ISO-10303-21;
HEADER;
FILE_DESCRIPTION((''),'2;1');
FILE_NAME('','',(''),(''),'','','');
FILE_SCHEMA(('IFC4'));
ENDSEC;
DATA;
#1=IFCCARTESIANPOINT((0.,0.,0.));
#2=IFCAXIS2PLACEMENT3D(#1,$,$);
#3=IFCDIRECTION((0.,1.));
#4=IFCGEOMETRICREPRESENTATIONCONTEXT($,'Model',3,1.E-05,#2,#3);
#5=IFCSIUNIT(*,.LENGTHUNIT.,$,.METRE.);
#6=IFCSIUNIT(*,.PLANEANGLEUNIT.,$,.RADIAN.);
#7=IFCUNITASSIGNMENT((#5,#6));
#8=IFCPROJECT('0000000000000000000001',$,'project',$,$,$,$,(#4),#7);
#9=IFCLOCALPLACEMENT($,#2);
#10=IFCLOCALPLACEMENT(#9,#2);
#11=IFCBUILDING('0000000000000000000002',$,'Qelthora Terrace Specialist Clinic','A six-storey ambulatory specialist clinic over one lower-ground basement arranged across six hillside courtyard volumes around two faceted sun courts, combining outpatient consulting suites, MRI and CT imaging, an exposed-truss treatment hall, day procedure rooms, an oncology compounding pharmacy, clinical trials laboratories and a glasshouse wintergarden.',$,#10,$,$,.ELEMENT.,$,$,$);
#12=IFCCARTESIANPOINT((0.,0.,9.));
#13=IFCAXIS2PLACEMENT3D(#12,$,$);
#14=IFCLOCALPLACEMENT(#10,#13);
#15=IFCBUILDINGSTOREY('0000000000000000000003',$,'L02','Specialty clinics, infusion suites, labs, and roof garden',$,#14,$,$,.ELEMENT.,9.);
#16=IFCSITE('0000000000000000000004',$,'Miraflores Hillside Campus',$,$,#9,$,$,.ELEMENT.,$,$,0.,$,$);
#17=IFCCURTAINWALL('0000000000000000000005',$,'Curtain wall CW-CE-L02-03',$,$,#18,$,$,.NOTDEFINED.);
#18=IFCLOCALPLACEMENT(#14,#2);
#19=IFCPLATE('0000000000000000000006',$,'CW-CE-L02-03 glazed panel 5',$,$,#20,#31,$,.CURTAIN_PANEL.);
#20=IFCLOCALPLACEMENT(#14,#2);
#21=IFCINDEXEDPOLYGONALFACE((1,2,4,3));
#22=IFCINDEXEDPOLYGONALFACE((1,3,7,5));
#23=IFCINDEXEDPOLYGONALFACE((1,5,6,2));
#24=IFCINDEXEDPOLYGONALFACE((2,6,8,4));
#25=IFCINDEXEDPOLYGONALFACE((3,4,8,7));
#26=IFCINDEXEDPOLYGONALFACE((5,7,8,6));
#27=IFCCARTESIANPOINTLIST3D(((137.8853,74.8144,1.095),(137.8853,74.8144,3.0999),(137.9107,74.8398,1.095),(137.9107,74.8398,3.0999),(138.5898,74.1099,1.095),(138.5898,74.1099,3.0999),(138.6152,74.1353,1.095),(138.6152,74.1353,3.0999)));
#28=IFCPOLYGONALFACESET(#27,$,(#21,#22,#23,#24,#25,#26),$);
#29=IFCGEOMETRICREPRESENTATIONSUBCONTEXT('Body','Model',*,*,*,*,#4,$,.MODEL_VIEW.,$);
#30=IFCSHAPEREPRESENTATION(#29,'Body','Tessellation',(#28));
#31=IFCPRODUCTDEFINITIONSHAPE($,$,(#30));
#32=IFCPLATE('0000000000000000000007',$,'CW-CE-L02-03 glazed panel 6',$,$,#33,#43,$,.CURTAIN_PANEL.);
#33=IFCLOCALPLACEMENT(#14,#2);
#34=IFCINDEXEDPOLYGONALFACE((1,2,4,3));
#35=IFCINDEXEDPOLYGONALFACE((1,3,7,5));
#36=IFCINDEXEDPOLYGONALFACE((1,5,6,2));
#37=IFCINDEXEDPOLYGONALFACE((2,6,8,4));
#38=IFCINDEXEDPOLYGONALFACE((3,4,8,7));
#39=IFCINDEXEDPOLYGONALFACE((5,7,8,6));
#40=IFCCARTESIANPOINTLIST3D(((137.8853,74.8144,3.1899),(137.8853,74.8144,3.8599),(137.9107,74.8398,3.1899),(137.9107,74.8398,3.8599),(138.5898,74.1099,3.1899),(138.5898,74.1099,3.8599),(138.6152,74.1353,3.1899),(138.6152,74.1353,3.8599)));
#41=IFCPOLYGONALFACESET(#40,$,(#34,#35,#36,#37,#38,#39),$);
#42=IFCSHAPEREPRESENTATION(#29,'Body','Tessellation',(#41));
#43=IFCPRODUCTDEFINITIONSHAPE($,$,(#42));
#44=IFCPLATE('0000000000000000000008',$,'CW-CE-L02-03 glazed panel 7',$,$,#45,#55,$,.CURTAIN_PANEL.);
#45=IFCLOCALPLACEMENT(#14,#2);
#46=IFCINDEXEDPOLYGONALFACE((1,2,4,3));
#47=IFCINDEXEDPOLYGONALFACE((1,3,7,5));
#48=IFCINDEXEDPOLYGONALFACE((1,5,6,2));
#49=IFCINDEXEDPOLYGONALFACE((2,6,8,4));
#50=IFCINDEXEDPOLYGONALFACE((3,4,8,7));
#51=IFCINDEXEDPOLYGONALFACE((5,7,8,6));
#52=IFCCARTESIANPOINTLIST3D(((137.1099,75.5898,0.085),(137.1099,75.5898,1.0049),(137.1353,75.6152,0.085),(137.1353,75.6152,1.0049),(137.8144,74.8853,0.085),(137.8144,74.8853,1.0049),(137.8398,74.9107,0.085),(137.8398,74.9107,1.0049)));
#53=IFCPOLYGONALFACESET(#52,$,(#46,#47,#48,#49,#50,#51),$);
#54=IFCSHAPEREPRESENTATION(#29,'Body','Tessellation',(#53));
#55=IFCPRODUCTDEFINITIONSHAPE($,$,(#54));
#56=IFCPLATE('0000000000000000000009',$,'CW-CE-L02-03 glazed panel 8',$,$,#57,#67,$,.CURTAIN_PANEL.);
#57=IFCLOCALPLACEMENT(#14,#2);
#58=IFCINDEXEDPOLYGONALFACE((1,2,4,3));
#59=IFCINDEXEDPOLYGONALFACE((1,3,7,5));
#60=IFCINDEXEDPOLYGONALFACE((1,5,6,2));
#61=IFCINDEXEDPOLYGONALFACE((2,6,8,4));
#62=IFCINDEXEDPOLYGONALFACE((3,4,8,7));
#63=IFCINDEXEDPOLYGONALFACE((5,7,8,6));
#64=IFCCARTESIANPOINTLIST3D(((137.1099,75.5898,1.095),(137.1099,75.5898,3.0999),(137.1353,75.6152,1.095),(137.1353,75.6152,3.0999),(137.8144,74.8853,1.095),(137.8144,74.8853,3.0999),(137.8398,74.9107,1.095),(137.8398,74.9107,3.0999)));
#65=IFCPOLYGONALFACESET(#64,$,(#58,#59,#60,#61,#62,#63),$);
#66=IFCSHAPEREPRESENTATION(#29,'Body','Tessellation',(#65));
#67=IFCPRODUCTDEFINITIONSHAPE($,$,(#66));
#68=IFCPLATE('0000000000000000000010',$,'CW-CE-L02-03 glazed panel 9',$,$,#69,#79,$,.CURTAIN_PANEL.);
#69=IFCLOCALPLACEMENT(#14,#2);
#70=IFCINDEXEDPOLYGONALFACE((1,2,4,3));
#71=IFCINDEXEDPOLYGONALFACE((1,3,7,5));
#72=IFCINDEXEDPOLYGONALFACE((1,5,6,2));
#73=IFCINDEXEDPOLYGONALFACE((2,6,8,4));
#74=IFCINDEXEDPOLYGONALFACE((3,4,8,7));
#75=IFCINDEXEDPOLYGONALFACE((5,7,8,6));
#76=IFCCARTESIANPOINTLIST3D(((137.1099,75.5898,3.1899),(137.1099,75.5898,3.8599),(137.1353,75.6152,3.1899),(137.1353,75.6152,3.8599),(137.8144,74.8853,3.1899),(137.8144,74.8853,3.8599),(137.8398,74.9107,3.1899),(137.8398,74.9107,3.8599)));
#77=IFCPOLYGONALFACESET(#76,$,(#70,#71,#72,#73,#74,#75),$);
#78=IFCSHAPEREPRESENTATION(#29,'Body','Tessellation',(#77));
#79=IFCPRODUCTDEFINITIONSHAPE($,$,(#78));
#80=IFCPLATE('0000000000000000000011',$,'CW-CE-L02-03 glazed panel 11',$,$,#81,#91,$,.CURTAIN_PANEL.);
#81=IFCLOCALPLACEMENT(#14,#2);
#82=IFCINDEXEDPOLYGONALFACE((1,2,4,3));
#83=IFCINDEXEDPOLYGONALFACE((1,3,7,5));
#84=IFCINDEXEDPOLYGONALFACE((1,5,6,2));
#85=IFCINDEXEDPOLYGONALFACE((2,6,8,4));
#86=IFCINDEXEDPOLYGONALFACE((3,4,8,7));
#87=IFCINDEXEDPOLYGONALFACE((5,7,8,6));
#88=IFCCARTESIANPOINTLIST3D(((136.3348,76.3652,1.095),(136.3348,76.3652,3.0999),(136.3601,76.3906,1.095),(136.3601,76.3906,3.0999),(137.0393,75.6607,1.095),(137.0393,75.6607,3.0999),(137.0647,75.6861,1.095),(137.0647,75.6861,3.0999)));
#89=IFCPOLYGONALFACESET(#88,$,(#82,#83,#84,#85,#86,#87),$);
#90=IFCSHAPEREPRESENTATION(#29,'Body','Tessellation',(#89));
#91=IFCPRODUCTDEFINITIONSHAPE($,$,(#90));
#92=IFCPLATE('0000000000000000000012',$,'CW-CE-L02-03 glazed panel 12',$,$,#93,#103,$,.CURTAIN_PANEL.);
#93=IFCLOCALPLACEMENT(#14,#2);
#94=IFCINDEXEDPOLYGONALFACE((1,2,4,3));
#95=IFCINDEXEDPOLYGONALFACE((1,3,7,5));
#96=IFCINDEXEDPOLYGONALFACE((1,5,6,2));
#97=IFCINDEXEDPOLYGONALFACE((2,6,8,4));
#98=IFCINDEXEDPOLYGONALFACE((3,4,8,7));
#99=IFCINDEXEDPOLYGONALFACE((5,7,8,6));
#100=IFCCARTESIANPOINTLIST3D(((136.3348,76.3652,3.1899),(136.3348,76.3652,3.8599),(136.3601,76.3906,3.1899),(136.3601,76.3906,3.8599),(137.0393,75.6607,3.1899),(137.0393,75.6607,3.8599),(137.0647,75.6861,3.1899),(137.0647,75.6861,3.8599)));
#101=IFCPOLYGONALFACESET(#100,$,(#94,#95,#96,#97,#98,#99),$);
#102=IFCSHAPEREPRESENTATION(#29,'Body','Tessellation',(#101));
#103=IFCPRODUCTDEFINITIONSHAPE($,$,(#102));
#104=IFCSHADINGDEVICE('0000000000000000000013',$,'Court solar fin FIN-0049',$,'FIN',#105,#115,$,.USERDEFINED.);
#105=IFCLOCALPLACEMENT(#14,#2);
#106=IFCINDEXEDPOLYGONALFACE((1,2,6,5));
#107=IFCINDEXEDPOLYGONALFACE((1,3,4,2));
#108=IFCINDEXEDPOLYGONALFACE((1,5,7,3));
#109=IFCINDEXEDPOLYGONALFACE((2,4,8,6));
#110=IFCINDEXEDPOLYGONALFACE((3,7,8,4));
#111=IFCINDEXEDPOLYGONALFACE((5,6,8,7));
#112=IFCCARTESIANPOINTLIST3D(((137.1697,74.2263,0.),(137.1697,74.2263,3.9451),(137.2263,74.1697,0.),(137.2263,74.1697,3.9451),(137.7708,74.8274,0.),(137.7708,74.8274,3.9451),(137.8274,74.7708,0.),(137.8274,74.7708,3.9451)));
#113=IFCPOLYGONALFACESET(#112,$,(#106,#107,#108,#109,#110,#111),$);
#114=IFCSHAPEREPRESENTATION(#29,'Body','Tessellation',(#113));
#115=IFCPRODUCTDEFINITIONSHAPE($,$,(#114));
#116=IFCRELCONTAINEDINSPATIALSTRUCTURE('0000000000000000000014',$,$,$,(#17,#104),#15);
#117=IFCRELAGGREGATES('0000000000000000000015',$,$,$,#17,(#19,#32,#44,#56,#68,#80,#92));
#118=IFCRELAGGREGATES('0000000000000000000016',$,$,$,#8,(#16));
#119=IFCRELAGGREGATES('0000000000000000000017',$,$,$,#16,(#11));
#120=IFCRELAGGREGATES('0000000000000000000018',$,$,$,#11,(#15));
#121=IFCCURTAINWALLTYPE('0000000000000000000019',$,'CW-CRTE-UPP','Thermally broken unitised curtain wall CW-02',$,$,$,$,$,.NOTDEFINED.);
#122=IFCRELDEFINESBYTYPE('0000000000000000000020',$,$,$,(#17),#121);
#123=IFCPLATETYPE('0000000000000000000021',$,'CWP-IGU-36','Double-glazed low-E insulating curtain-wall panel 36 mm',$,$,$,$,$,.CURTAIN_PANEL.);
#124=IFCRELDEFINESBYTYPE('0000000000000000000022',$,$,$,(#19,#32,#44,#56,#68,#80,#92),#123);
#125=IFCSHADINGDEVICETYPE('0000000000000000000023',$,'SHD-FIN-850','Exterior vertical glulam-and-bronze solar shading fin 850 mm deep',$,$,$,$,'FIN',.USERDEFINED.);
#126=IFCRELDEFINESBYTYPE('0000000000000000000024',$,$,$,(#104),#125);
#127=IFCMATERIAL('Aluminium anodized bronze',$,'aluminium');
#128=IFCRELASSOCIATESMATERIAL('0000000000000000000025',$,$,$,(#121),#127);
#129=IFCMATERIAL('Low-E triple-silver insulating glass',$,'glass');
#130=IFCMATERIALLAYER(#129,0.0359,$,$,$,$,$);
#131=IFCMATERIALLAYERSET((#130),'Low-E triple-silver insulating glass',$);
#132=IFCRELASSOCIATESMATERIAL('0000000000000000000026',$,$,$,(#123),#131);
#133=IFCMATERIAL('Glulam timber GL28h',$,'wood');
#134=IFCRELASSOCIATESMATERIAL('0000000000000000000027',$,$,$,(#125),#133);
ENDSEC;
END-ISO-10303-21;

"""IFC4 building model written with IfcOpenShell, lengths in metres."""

from ifc_helpers import new_model, si_unit, direction, frame, origin, origin_2d, place, context, subcontext, project, spatial, rectangle, extrude, material, layer, layer_set, type_object, element, aggregate, save


model = new_model("IFC4")

# Units and contexts
model_context = context("Model", 3, precision=1e-05, world=origin(), true_north=direction((0.0, 1.0)))
body_context = subcontext(model_context, "Body", "Model", "MODEL_VIEW")
ifc_project = project(units=[si_unit("LENGTHUNIT", "METRE"), si_unit("PLANEANGLEUNIT", "RADIAN")], contexts=[model_context])

# Site, building, storey
site_placement = place(None, origin())
site = spatial("IfcSite", under=ifc_project, at=site_placement, Name="Miraflores Hillside Campus", CompositionType="ELEMENT", RefElevation=0.0)
building_placement = place(site_placement, origin())
building = spatial("IfcBuilding", under=site, at=building_placement, Name="Qelthora Terrace Specialist Clinic", Description="A six-storey ambulatory specialist clinic over one lower-ground basement arranged across six hillside courtyard volumes around two faceted sun courts, combining outpatient consulting suites, MRI and CT imaging, an exposed-truss treatment hall, day procedure rooms, an oncology compounding pharmacy, clinical trials laboratories and a glasshouse wintergarden.", CompositionType="ELEMENT")
storey_placement = place(building_placement, frame((0.0, 0.0, 9.0)))
storey = spatial("IfcBuildingStorey", under=building, at=storey_placement, Name="L02", Description="Specialty clinics, infusion suites, labs, and roof garden", CompositionType="ELEMENT", Elevation=9.0)

# Shared definitions
ifc_material_1 = material(Name="Aluminium anodized bronze", Category="aluminium")
curtain_wall_type = type_object("IfcCurtainWallType", Name="CW-CRTE-UPP", Description="Thermally broken unitised curtain wall CW-02", PredefinedType="NOTDEFINED", material=ifc_material_1)

# Curtain wall
curtain_wall_1_placement = place(storey_placement, origin())
curtain_wall_1 = element("IfcCurtainWall", 1, at=curtain_wall_1_placement, inside=storey, type_object=curtain_wall_type, Name="Curtain wall CW-CE-L02-03", PredefinedType="NOTDEFINED")

# Plates
ifc_material_2 = material(Name="Low-E triple-silver insulating glass", Category="glass")
ifc_layer = layer(ifc_material_2, 0.0359)
ifc_layer_set = layer_set([ifc_layer], Name="Low-E triple-silver insulating glass")
plate_type = type_object("IfcPlateType", Name="CWP-IGU-36", Description="Double-glazed low-E insulating curtain-wall panel 36 mm", PredefinedType="CURTAIN_PANEL", material=ifc_layer_set)
plate_1_placement = place(storey_placement, frame((138.2502, 74.4749, 1.095), z_axis=(0.0, 0.0, 1.0), x_axis=(-0.707107, 0.707107, 0.0)))
plate_1 = element("IfcPlate", 2, at=plate_1_placement, type_object=plate_type, Name="CW-CE-L02-03 glazed panel 5", PredefinedType="CURTAIN_PANEL", context=body_context, shape_type="SweptSolid", body=[
    extrude(rectangle(XDim=0.9963, YDim=0.0359, at=origin_2d()), origin(), (0.0, 0.0, 1.0), 2.0049),
])
plate_2_placement = place(storey_placement, frame((138.2502, 74.4749, 3.1899), z_axis=(0.0, 0.0, 1.0), x_axis=(-0.707107, 0.707107, 0.0)))
plate_2 = element("IfcPlate", 3, at=plate_2_placement, type_object=plate_type, Name="CW-CE-L02-03 glazed panel 6", PredefinedType="CURTAIN_PANEL", context=body_context, shape_type="SweptSolid", body=[
    extrude(rectangle(XDim=0.9963, YDim=0.0359, at=origin_2d()), origin(), (0.0, 0.0, 1.0), 0.6699),
])
plate_3_placement = place(storey_placement, frame((137.4749, 75.2502, 0.085), z_axis=(0.0, 0.0, 1.0), x_axis=(-0.707107, 0.707107, 0.0)))
plate_3 = element("IfcPlate", 4, at=plate_3_placement, type_object=plate_type, Name="CW-CE-L02-03 glazed panel 7", PredefinedType="CURTAIN_PANEL", context=body_context, shape_type="SweptSolid", body=[
    extrude(rectangle(XDim=0.9963, YDim=0.0359, at=origin_2d()), origin(), (0.0, 0.0, 1.0), 0.9199),
])
plate_4_placement = place(storey_placement, frame((137.4749, 75.2502, 1.095), z_axis=(0.0, 0.0, 1.0), x_axis=(-0.707107, 0.707107, 0.0)))
plate_4 = element("IfcPlate", 5, at=plate_4_placement, type_object=plate_type, Name="CW-CE-L02-03 glazed panel 8", PredefinedType="CURTAIN_PANEL", context=body_context, shape_type="SweptSolid", body=[
    extrude(rectangle(XDim=0.9963, YDim=0.0359, at=origin_2d()), origin(), (0.0, 0.0, 1.0), 2.0049),
])
plate_5_placement = place(storey_placement, frame((137.4749, 75.2502, 3.1899), z_axis=(0.0, 0.0, 1.0), x_axis=(-0.707107, 0.707107, 0.0)))
plate_5 = element("IfcPlate", 6, at=plate_5_placement, type_object=plate_type, Name="CW-CE-L02-03 glazed panel 9", PredefinedType="CURTAIN_PANEL", context=body_context, shape_type="SweptSolid", body=[
    extrude(rectangle(XDim=0.9963, YDim=0.0359, at=origin_2d()), origin(), (0.0, 0.0, 1.0), 0.6699),
])
plate_6_placement = place(storey_placement, frame((136.6997, 76.0256, 1.095), z_axis=(0.0, 0.0, 1.0), x_axis=(-0.707107, 0.707107, 0.0)))
plate_6 = element("IfcPlate", 7, at=plate_6_placement, type_object=plate_type, Name="CW-CE-L02-03 glazed panel 11", PredefinedType="CURTAIN_PANEL", context=body_context, shape_type="SweptSolid", body=[
    extrude(rectangle(XDim=0.9963, YDim=0.0359, at=origin_2d()), origin(), (0.0, 0.0, 1.0), 2.0049),
])
plate_7_placement = place(storey_placement, frame((136.6997, 76.0256, 3.1899), z_axis=(0.0, 0.0, 1.0), x_axis=(-0.707107, 0.707107, 0.0)))
plate_7 = element("IfcPlate", 8, at=plate_7_placement, type_object=plate_type, Name="CW-CE-L02-03 glazed panel 12", PredefinedType="CURTAIN_PANEL", context=body_context, shape_type="SweptSolid", body=[
    extrude(rectangle(XDim=0.9963, YDim=0.0359, at=origin_2d()), origin(), (0.0, 0.0, 1.0), 0.6699),
])
aggregate(curtain_wall_1, [plate_1, plate_2, plate_3, plate_4, plate_5, plate_6, plate_7])

# Shading device
ifc_material_3 = material(Name="Glulam timber GL28h", Category="wood")
shading_device_type = type_object("IfcShadingDeviceType", Name="SHD-FIN-850", Description="Exterior vertical glulam-and-bronze solar shading fin 850 mm deep", ElementType="FIN", PredefinedType="USERDEFINED", material=ifc_material_3)
shading_device_placement = place(storey_placement, frame((137.4985, 74.4985, 0.0), z_axis=(0.0, 0.0, 1.0), x_axis=(-0.707107, -0.707107, 0.0)))
element("IfcShadingDevice", 9, at=shading_device_placement, inside=storey, type_object=shading_device_type, Name="Court solar fin FIN-0049", ObjectType="FIN", PredefinedType="USERDEFINED", context=body_context, shape_type="SweptSolid", body=[
    extrude(rectangle(XDim=0.8501, YDim=0.0801, at=origin_2d()), origin(), (0.0, 0.0, 1.0), 3.9451),
])

save(model, "model.ifc")
